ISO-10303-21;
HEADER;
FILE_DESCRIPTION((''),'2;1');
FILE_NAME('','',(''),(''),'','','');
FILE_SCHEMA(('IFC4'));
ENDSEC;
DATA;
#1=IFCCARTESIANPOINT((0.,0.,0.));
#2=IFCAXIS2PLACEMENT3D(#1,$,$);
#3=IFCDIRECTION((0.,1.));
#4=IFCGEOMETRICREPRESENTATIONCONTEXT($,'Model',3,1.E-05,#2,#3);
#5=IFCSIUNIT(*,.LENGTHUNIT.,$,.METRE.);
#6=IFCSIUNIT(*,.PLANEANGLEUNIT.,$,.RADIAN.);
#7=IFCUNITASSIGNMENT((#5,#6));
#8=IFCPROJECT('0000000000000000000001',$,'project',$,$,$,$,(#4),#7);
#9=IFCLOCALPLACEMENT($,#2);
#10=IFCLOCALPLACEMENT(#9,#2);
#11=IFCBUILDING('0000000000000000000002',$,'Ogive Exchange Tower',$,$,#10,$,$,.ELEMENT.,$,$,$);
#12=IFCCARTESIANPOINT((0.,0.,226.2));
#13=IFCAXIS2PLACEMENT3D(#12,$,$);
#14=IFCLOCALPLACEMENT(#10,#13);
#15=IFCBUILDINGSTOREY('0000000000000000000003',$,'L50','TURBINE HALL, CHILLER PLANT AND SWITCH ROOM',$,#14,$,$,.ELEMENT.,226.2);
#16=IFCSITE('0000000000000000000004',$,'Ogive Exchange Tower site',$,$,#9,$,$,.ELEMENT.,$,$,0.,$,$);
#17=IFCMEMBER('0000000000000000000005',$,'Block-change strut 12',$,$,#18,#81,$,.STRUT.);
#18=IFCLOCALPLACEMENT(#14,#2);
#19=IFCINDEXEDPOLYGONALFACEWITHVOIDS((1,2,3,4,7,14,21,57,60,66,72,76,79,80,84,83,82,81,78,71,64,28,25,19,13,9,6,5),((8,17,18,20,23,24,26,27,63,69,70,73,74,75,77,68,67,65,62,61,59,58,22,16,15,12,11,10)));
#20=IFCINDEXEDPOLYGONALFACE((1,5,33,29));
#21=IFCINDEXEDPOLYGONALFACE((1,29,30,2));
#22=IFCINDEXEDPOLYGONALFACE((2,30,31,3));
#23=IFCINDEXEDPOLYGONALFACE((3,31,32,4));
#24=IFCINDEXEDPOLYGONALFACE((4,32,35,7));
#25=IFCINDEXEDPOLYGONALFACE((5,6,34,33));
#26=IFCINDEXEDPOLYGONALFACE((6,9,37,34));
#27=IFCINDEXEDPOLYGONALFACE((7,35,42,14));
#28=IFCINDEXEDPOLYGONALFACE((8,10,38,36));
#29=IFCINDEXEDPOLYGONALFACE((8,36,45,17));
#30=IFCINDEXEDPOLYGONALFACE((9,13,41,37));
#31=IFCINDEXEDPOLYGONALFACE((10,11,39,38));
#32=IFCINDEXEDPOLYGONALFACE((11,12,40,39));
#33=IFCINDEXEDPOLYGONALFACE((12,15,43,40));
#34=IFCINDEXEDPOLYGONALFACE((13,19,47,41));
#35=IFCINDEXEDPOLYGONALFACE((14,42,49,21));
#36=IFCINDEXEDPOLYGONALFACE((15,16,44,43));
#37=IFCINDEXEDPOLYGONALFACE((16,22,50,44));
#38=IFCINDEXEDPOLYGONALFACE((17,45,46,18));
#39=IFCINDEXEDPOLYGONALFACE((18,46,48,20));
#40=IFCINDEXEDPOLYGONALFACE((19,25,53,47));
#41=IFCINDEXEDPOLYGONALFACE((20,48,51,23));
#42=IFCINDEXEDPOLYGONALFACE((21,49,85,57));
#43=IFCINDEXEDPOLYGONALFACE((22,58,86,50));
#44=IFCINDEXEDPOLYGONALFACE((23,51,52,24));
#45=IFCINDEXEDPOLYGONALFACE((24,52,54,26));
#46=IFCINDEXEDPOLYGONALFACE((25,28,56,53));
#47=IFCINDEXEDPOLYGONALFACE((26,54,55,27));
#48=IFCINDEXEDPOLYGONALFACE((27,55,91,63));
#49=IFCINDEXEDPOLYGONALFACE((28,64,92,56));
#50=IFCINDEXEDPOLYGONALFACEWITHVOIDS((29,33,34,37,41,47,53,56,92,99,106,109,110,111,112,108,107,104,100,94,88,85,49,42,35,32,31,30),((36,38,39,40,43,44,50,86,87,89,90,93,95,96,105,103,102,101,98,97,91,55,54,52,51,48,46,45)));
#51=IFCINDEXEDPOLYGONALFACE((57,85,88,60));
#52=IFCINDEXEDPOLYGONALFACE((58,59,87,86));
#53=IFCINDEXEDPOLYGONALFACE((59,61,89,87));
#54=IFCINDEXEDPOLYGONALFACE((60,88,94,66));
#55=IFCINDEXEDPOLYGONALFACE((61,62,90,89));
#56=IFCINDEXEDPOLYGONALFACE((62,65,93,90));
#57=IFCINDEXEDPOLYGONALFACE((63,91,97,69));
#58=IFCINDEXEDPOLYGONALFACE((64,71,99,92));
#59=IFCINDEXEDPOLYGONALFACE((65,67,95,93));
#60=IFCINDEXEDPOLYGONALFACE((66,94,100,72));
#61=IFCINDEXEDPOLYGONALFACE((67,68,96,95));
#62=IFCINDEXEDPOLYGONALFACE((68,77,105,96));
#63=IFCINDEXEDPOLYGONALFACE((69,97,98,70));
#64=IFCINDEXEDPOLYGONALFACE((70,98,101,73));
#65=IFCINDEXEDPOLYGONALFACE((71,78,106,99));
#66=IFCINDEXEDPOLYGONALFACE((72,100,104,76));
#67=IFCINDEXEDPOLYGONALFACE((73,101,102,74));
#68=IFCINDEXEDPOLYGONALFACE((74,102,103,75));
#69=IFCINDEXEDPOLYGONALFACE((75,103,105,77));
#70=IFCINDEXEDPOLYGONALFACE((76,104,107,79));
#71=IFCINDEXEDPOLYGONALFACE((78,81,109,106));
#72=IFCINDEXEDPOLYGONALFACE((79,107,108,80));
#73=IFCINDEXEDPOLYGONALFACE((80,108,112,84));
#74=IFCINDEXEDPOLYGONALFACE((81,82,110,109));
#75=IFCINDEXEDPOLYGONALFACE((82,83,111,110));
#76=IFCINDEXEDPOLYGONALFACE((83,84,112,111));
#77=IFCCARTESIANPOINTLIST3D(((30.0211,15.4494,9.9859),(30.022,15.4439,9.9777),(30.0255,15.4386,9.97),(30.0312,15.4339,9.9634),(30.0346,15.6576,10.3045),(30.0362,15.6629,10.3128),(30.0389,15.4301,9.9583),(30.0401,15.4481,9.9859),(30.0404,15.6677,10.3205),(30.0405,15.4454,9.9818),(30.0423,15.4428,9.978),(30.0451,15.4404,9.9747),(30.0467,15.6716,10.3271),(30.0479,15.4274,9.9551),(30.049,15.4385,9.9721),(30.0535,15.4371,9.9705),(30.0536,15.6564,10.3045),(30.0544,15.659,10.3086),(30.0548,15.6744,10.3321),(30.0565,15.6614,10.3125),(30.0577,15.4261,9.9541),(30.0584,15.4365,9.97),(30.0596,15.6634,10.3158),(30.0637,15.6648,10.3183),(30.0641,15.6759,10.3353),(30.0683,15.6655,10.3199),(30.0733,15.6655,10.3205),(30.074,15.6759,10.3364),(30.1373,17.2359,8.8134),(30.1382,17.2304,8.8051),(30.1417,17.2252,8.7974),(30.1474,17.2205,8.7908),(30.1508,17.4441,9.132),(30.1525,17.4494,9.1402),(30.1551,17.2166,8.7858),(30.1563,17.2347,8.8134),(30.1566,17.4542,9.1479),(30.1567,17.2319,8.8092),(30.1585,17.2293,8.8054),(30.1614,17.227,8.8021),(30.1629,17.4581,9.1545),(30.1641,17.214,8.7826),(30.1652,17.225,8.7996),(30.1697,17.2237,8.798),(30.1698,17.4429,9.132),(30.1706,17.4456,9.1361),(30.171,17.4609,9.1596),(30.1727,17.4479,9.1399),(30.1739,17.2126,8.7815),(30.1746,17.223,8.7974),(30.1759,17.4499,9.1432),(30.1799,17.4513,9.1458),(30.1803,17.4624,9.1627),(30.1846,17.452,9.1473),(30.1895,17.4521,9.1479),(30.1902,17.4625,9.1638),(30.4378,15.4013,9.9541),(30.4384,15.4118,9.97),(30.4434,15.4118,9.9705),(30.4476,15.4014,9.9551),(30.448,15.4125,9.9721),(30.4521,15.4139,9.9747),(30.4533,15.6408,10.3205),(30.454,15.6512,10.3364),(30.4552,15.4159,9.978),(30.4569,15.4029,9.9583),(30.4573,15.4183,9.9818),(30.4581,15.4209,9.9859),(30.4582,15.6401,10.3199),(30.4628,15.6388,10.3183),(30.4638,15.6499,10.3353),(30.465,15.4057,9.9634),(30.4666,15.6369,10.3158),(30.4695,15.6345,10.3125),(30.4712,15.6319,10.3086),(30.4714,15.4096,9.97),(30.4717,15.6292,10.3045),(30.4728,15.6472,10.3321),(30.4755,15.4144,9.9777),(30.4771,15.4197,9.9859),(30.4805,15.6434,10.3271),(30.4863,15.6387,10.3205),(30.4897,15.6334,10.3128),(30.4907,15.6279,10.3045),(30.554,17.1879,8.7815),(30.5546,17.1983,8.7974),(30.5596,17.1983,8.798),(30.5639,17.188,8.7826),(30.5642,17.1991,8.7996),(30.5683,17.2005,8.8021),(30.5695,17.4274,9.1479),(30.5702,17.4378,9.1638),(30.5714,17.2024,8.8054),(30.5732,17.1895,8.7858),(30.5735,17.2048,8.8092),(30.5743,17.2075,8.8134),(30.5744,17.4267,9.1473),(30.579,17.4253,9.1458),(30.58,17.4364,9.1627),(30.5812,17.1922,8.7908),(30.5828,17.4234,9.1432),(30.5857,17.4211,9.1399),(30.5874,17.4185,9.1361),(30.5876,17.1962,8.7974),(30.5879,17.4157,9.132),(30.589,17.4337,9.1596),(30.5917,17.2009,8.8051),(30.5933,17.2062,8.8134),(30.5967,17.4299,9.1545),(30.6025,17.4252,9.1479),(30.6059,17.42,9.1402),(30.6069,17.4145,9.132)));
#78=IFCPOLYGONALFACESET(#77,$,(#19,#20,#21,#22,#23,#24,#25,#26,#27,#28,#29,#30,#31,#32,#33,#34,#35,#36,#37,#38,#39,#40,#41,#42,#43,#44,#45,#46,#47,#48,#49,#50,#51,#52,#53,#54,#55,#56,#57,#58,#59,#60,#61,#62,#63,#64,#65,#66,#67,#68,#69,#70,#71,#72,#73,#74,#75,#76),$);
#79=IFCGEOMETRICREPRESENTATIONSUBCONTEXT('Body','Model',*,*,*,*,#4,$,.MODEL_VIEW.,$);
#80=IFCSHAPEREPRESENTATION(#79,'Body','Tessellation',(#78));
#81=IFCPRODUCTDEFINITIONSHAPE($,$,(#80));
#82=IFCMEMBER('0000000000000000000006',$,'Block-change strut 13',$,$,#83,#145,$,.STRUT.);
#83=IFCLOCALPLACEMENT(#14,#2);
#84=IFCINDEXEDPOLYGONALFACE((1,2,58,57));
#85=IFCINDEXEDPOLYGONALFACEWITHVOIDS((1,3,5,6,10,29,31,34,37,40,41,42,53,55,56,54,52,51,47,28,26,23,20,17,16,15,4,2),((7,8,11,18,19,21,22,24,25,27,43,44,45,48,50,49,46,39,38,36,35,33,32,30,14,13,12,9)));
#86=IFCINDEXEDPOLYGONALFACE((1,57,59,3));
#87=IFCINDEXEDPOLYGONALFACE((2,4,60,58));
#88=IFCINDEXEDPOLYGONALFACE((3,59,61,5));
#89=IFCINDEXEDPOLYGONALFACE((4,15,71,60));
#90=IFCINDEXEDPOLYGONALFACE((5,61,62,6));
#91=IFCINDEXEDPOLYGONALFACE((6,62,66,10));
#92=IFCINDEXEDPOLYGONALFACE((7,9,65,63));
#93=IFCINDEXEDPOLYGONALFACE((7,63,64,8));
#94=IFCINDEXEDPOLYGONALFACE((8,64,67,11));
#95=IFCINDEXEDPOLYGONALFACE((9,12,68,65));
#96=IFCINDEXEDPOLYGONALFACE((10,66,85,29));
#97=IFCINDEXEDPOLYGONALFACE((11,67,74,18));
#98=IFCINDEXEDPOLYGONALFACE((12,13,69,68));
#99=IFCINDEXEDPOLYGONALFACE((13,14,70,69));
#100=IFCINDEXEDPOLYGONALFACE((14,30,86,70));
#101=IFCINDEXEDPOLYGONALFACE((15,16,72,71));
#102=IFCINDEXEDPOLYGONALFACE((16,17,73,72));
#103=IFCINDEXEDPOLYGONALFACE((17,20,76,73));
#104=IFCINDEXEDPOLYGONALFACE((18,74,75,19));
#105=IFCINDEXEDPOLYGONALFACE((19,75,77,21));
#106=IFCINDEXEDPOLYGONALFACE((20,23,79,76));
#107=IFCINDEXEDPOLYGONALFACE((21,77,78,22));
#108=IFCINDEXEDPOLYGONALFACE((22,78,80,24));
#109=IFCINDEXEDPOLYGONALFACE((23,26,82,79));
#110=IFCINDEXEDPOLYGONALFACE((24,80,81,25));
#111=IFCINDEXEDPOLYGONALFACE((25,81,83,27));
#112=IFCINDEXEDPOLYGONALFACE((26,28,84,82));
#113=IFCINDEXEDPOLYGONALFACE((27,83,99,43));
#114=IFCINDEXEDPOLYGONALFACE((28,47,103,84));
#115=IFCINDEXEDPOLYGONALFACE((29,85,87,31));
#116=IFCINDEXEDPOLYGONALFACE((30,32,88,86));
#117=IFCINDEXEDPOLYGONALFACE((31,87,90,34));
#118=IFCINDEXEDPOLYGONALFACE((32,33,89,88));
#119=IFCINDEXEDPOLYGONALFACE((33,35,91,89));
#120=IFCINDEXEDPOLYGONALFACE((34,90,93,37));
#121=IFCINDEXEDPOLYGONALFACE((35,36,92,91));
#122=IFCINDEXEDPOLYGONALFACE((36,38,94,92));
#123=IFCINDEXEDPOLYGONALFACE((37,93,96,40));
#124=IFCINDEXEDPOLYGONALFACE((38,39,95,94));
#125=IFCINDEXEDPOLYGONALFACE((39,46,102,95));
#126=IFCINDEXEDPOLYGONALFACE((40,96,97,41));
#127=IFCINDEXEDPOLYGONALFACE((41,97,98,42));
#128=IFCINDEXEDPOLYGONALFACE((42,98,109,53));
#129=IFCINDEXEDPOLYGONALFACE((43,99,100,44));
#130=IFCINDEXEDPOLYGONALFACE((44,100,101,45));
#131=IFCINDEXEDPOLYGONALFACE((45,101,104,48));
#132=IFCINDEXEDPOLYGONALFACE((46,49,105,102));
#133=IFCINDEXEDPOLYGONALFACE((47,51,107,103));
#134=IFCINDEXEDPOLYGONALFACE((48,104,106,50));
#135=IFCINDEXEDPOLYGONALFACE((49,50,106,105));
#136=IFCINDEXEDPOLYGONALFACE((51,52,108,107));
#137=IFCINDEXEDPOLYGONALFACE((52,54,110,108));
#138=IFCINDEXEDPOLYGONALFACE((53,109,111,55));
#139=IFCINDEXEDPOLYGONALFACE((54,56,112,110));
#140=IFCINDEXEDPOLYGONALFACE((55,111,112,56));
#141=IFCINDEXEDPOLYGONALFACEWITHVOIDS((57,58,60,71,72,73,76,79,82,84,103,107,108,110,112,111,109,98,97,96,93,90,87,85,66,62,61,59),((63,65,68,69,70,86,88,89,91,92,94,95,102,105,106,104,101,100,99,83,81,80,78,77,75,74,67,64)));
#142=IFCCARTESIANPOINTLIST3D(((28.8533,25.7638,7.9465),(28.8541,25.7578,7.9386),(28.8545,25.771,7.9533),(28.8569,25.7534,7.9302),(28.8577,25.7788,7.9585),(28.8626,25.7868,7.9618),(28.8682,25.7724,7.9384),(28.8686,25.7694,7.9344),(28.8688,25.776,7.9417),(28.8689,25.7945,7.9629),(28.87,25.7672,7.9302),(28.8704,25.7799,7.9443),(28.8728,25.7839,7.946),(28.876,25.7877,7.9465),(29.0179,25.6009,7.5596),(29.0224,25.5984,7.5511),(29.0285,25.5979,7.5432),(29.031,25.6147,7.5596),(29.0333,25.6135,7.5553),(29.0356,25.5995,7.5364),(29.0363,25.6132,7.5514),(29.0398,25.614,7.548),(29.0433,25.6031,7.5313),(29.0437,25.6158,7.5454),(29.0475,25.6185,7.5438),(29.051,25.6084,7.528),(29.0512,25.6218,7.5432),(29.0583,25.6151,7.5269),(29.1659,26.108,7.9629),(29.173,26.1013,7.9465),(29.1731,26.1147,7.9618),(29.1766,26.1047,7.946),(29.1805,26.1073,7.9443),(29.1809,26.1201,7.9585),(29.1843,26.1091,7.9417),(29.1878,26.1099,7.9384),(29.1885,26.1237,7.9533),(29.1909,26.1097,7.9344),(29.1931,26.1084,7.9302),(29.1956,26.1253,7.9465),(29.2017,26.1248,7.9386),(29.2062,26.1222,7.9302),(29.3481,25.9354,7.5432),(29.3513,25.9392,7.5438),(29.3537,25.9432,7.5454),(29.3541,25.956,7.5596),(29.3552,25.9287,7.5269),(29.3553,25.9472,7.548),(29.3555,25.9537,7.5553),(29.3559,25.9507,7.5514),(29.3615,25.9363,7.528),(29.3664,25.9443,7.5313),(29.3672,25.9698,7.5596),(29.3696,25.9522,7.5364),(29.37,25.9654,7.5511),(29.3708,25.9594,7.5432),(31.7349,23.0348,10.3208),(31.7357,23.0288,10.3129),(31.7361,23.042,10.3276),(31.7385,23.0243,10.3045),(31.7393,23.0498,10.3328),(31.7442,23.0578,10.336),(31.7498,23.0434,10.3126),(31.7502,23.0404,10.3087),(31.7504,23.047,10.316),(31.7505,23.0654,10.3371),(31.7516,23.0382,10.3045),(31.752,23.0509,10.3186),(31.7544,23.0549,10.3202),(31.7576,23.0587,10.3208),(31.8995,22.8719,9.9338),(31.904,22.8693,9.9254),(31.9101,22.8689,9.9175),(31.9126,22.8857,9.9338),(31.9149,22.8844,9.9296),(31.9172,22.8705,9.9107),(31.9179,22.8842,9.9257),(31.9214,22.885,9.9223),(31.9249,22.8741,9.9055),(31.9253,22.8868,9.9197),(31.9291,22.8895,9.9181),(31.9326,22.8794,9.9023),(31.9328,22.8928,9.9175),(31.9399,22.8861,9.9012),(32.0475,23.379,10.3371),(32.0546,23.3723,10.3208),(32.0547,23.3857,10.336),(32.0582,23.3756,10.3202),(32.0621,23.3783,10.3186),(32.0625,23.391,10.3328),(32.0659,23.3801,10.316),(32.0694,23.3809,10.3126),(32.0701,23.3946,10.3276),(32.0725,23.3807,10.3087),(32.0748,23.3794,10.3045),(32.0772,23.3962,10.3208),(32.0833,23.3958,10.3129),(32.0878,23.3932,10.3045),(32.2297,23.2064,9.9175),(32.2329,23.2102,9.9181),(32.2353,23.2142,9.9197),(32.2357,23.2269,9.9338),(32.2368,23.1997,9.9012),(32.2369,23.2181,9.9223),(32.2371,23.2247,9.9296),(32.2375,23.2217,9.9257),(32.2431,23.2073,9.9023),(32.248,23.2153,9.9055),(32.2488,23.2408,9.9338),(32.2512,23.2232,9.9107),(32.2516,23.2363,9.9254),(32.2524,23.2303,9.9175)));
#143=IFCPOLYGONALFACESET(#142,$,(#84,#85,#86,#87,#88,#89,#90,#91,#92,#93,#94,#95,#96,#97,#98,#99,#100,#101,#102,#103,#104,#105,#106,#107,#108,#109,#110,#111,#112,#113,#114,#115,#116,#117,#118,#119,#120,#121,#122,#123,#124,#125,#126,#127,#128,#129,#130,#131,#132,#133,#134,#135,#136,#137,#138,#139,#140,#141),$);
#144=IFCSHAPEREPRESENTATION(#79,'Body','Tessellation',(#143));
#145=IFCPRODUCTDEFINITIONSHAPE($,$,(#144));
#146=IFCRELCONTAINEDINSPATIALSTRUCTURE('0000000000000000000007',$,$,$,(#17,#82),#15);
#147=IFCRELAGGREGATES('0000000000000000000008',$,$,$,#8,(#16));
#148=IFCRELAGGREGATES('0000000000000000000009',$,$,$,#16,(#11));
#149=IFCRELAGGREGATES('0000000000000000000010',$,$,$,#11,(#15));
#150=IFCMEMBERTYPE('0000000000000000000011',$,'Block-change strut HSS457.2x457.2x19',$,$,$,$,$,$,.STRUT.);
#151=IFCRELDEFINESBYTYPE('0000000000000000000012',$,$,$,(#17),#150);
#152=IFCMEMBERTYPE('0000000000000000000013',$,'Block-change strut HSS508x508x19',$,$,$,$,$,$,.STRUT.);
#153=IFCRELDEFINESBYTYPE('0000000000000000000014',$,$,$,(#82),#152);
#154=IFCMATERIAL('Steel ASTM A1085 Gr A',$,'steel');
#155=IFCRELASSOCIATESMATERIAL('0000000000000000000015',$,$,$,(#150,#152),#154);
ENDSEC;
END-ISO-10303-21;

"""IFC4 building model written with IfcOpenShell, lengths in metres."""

from ifc_helpers import new_model, si_unit, direction, frame, origin, origin_2d, place, context, subcontext, project, spatial, hollow_rectangle, extrude, material, material_profile, profile_set, type_object, element, save


model = new_model("IFC4")

# Units and contexts
model_context = context("Model", 3, precision=1e-05, world=origin(), true_north=direction((0.0, 1.0)))
body_context = subcontext(model_context, "Body", "Model", "MODEL_VIEW")
ifc_project = project(units=[si_unit("LENGTHUNIT", "METRE"), si_unit("PLANEANGLEUNIT", "RADIAN")], contexts=[model_context])

# Site, building, storey
site_placement = place(None, origin())
site = spatial("IfcSite", under=ifc_project, at=site_placement, Name="Ogive Exchange Tower site", CompositionType="ELEMENT", RefElevation=0.0)
building_placement = place(site_placement, origin())
building = spatial("IfcBuilding", under=site, at=building_placement, Name="Ogive Exchange Tower", CompositionType="ELEMENT")
storey_placement = place(building_placement, frame((0.0, 0.0, 226.2)))
storey = spatial("IfcBuildingStorey", under=building, at=storey_placement, Name="L50", Description="TURBINE HALL, CHILLER PLANT AND SWITCH ROOM", CompositionType="ELEMENT", Elevation=226.2)

# Members
ifc_material_1 = material(Name="Steel ASTM A1085 Gr A", Category="steel")
ifc_material_profile_1 = material_profile(ifc_material_1, hollow_rectangle(XDim=0.457, YDim=0.457, WallThickness=0.019, InnerFilletRadius=0.019, OuterFilletRadius=0.0381, at=origin_2d()), Name="HSS457.2x457.2x19")
ifc_profile_set_1 = profile_set([ifc_material_profile_1], Name="Steel ASTM A1085 Gr A")
member_type_1 = type_object("IfcMemberType", Name="Block-change strut HSS457.2x457.2x19", PredefinedType="STRUT", material=ifc_profile_set_1)
member_1_placement = place(storey_placement, frame((30.3721, 17.3252, 8.9727), z_axis=(-0.054299, -0.834785, 0.547892), x_axis=(0.997891, -0.064908, 0.0)))
element("IfcMember", 1, at=member_1_placement, inside=storey, type_object=member_type_1, Name="Block-change strut 12", PredefinedType="STRUT", context=body_context, shape_type="SweptSolid", body=[
    extrude(hollow_rectangle(XDim=0.457, YDim=0.457, WallThickness=0.019, InnerFilletRadius=0.019, OuterFilletRadius=0.0381, at=origin_2d()), origin(), (0.0, 0.0, 1.0), 2.1401),
])
ifc_material_profile_2 = material_profile(ifc_material_1, hollow_rectangle(XDim=0.5081, YDim=0.5081, WallThickness=0.019, InnerFilletRadius=0.019, OuterFilletRadius=0.0381, at=origin_2d()), Name="HSS508x508x19")
ifc_profile_set_2 = profile_set([ifc_material_profile_2], Name="Steel ASTM A1085 Gr A")
member_type_2 = type_object("IfcMemberType", Name="Block-change strut HSS508x508x19", PredefinedType="STRUT", material=ifc_profile_set_2)
member_2_placement = place(storey_placement, frame((29.1121, 25.8616, 7.7449), z_axis=(0.623082, -0.590089, 0.513384), x_axis=(0.687622, 0.726069, 0.0)))
element("IfcMember", 2, at=member_2_placement, inside=storey, type_object=member_type_2, Name="Block-change strut 13", PredefinedType="STRUT", context=body_context, shape_type="SweptSolid", body=[
    extrude(hollow_rectangle(XDim=0.5081, YDim=0.5081, WallThickness=0.019, InnerFilletRadius=0.019, OuterFilletRadius=0.0381, at=origin_2d()), origin(), (0.0, 0.0, 1.0), 4.6248),
])

save(model, "model.ifc")
